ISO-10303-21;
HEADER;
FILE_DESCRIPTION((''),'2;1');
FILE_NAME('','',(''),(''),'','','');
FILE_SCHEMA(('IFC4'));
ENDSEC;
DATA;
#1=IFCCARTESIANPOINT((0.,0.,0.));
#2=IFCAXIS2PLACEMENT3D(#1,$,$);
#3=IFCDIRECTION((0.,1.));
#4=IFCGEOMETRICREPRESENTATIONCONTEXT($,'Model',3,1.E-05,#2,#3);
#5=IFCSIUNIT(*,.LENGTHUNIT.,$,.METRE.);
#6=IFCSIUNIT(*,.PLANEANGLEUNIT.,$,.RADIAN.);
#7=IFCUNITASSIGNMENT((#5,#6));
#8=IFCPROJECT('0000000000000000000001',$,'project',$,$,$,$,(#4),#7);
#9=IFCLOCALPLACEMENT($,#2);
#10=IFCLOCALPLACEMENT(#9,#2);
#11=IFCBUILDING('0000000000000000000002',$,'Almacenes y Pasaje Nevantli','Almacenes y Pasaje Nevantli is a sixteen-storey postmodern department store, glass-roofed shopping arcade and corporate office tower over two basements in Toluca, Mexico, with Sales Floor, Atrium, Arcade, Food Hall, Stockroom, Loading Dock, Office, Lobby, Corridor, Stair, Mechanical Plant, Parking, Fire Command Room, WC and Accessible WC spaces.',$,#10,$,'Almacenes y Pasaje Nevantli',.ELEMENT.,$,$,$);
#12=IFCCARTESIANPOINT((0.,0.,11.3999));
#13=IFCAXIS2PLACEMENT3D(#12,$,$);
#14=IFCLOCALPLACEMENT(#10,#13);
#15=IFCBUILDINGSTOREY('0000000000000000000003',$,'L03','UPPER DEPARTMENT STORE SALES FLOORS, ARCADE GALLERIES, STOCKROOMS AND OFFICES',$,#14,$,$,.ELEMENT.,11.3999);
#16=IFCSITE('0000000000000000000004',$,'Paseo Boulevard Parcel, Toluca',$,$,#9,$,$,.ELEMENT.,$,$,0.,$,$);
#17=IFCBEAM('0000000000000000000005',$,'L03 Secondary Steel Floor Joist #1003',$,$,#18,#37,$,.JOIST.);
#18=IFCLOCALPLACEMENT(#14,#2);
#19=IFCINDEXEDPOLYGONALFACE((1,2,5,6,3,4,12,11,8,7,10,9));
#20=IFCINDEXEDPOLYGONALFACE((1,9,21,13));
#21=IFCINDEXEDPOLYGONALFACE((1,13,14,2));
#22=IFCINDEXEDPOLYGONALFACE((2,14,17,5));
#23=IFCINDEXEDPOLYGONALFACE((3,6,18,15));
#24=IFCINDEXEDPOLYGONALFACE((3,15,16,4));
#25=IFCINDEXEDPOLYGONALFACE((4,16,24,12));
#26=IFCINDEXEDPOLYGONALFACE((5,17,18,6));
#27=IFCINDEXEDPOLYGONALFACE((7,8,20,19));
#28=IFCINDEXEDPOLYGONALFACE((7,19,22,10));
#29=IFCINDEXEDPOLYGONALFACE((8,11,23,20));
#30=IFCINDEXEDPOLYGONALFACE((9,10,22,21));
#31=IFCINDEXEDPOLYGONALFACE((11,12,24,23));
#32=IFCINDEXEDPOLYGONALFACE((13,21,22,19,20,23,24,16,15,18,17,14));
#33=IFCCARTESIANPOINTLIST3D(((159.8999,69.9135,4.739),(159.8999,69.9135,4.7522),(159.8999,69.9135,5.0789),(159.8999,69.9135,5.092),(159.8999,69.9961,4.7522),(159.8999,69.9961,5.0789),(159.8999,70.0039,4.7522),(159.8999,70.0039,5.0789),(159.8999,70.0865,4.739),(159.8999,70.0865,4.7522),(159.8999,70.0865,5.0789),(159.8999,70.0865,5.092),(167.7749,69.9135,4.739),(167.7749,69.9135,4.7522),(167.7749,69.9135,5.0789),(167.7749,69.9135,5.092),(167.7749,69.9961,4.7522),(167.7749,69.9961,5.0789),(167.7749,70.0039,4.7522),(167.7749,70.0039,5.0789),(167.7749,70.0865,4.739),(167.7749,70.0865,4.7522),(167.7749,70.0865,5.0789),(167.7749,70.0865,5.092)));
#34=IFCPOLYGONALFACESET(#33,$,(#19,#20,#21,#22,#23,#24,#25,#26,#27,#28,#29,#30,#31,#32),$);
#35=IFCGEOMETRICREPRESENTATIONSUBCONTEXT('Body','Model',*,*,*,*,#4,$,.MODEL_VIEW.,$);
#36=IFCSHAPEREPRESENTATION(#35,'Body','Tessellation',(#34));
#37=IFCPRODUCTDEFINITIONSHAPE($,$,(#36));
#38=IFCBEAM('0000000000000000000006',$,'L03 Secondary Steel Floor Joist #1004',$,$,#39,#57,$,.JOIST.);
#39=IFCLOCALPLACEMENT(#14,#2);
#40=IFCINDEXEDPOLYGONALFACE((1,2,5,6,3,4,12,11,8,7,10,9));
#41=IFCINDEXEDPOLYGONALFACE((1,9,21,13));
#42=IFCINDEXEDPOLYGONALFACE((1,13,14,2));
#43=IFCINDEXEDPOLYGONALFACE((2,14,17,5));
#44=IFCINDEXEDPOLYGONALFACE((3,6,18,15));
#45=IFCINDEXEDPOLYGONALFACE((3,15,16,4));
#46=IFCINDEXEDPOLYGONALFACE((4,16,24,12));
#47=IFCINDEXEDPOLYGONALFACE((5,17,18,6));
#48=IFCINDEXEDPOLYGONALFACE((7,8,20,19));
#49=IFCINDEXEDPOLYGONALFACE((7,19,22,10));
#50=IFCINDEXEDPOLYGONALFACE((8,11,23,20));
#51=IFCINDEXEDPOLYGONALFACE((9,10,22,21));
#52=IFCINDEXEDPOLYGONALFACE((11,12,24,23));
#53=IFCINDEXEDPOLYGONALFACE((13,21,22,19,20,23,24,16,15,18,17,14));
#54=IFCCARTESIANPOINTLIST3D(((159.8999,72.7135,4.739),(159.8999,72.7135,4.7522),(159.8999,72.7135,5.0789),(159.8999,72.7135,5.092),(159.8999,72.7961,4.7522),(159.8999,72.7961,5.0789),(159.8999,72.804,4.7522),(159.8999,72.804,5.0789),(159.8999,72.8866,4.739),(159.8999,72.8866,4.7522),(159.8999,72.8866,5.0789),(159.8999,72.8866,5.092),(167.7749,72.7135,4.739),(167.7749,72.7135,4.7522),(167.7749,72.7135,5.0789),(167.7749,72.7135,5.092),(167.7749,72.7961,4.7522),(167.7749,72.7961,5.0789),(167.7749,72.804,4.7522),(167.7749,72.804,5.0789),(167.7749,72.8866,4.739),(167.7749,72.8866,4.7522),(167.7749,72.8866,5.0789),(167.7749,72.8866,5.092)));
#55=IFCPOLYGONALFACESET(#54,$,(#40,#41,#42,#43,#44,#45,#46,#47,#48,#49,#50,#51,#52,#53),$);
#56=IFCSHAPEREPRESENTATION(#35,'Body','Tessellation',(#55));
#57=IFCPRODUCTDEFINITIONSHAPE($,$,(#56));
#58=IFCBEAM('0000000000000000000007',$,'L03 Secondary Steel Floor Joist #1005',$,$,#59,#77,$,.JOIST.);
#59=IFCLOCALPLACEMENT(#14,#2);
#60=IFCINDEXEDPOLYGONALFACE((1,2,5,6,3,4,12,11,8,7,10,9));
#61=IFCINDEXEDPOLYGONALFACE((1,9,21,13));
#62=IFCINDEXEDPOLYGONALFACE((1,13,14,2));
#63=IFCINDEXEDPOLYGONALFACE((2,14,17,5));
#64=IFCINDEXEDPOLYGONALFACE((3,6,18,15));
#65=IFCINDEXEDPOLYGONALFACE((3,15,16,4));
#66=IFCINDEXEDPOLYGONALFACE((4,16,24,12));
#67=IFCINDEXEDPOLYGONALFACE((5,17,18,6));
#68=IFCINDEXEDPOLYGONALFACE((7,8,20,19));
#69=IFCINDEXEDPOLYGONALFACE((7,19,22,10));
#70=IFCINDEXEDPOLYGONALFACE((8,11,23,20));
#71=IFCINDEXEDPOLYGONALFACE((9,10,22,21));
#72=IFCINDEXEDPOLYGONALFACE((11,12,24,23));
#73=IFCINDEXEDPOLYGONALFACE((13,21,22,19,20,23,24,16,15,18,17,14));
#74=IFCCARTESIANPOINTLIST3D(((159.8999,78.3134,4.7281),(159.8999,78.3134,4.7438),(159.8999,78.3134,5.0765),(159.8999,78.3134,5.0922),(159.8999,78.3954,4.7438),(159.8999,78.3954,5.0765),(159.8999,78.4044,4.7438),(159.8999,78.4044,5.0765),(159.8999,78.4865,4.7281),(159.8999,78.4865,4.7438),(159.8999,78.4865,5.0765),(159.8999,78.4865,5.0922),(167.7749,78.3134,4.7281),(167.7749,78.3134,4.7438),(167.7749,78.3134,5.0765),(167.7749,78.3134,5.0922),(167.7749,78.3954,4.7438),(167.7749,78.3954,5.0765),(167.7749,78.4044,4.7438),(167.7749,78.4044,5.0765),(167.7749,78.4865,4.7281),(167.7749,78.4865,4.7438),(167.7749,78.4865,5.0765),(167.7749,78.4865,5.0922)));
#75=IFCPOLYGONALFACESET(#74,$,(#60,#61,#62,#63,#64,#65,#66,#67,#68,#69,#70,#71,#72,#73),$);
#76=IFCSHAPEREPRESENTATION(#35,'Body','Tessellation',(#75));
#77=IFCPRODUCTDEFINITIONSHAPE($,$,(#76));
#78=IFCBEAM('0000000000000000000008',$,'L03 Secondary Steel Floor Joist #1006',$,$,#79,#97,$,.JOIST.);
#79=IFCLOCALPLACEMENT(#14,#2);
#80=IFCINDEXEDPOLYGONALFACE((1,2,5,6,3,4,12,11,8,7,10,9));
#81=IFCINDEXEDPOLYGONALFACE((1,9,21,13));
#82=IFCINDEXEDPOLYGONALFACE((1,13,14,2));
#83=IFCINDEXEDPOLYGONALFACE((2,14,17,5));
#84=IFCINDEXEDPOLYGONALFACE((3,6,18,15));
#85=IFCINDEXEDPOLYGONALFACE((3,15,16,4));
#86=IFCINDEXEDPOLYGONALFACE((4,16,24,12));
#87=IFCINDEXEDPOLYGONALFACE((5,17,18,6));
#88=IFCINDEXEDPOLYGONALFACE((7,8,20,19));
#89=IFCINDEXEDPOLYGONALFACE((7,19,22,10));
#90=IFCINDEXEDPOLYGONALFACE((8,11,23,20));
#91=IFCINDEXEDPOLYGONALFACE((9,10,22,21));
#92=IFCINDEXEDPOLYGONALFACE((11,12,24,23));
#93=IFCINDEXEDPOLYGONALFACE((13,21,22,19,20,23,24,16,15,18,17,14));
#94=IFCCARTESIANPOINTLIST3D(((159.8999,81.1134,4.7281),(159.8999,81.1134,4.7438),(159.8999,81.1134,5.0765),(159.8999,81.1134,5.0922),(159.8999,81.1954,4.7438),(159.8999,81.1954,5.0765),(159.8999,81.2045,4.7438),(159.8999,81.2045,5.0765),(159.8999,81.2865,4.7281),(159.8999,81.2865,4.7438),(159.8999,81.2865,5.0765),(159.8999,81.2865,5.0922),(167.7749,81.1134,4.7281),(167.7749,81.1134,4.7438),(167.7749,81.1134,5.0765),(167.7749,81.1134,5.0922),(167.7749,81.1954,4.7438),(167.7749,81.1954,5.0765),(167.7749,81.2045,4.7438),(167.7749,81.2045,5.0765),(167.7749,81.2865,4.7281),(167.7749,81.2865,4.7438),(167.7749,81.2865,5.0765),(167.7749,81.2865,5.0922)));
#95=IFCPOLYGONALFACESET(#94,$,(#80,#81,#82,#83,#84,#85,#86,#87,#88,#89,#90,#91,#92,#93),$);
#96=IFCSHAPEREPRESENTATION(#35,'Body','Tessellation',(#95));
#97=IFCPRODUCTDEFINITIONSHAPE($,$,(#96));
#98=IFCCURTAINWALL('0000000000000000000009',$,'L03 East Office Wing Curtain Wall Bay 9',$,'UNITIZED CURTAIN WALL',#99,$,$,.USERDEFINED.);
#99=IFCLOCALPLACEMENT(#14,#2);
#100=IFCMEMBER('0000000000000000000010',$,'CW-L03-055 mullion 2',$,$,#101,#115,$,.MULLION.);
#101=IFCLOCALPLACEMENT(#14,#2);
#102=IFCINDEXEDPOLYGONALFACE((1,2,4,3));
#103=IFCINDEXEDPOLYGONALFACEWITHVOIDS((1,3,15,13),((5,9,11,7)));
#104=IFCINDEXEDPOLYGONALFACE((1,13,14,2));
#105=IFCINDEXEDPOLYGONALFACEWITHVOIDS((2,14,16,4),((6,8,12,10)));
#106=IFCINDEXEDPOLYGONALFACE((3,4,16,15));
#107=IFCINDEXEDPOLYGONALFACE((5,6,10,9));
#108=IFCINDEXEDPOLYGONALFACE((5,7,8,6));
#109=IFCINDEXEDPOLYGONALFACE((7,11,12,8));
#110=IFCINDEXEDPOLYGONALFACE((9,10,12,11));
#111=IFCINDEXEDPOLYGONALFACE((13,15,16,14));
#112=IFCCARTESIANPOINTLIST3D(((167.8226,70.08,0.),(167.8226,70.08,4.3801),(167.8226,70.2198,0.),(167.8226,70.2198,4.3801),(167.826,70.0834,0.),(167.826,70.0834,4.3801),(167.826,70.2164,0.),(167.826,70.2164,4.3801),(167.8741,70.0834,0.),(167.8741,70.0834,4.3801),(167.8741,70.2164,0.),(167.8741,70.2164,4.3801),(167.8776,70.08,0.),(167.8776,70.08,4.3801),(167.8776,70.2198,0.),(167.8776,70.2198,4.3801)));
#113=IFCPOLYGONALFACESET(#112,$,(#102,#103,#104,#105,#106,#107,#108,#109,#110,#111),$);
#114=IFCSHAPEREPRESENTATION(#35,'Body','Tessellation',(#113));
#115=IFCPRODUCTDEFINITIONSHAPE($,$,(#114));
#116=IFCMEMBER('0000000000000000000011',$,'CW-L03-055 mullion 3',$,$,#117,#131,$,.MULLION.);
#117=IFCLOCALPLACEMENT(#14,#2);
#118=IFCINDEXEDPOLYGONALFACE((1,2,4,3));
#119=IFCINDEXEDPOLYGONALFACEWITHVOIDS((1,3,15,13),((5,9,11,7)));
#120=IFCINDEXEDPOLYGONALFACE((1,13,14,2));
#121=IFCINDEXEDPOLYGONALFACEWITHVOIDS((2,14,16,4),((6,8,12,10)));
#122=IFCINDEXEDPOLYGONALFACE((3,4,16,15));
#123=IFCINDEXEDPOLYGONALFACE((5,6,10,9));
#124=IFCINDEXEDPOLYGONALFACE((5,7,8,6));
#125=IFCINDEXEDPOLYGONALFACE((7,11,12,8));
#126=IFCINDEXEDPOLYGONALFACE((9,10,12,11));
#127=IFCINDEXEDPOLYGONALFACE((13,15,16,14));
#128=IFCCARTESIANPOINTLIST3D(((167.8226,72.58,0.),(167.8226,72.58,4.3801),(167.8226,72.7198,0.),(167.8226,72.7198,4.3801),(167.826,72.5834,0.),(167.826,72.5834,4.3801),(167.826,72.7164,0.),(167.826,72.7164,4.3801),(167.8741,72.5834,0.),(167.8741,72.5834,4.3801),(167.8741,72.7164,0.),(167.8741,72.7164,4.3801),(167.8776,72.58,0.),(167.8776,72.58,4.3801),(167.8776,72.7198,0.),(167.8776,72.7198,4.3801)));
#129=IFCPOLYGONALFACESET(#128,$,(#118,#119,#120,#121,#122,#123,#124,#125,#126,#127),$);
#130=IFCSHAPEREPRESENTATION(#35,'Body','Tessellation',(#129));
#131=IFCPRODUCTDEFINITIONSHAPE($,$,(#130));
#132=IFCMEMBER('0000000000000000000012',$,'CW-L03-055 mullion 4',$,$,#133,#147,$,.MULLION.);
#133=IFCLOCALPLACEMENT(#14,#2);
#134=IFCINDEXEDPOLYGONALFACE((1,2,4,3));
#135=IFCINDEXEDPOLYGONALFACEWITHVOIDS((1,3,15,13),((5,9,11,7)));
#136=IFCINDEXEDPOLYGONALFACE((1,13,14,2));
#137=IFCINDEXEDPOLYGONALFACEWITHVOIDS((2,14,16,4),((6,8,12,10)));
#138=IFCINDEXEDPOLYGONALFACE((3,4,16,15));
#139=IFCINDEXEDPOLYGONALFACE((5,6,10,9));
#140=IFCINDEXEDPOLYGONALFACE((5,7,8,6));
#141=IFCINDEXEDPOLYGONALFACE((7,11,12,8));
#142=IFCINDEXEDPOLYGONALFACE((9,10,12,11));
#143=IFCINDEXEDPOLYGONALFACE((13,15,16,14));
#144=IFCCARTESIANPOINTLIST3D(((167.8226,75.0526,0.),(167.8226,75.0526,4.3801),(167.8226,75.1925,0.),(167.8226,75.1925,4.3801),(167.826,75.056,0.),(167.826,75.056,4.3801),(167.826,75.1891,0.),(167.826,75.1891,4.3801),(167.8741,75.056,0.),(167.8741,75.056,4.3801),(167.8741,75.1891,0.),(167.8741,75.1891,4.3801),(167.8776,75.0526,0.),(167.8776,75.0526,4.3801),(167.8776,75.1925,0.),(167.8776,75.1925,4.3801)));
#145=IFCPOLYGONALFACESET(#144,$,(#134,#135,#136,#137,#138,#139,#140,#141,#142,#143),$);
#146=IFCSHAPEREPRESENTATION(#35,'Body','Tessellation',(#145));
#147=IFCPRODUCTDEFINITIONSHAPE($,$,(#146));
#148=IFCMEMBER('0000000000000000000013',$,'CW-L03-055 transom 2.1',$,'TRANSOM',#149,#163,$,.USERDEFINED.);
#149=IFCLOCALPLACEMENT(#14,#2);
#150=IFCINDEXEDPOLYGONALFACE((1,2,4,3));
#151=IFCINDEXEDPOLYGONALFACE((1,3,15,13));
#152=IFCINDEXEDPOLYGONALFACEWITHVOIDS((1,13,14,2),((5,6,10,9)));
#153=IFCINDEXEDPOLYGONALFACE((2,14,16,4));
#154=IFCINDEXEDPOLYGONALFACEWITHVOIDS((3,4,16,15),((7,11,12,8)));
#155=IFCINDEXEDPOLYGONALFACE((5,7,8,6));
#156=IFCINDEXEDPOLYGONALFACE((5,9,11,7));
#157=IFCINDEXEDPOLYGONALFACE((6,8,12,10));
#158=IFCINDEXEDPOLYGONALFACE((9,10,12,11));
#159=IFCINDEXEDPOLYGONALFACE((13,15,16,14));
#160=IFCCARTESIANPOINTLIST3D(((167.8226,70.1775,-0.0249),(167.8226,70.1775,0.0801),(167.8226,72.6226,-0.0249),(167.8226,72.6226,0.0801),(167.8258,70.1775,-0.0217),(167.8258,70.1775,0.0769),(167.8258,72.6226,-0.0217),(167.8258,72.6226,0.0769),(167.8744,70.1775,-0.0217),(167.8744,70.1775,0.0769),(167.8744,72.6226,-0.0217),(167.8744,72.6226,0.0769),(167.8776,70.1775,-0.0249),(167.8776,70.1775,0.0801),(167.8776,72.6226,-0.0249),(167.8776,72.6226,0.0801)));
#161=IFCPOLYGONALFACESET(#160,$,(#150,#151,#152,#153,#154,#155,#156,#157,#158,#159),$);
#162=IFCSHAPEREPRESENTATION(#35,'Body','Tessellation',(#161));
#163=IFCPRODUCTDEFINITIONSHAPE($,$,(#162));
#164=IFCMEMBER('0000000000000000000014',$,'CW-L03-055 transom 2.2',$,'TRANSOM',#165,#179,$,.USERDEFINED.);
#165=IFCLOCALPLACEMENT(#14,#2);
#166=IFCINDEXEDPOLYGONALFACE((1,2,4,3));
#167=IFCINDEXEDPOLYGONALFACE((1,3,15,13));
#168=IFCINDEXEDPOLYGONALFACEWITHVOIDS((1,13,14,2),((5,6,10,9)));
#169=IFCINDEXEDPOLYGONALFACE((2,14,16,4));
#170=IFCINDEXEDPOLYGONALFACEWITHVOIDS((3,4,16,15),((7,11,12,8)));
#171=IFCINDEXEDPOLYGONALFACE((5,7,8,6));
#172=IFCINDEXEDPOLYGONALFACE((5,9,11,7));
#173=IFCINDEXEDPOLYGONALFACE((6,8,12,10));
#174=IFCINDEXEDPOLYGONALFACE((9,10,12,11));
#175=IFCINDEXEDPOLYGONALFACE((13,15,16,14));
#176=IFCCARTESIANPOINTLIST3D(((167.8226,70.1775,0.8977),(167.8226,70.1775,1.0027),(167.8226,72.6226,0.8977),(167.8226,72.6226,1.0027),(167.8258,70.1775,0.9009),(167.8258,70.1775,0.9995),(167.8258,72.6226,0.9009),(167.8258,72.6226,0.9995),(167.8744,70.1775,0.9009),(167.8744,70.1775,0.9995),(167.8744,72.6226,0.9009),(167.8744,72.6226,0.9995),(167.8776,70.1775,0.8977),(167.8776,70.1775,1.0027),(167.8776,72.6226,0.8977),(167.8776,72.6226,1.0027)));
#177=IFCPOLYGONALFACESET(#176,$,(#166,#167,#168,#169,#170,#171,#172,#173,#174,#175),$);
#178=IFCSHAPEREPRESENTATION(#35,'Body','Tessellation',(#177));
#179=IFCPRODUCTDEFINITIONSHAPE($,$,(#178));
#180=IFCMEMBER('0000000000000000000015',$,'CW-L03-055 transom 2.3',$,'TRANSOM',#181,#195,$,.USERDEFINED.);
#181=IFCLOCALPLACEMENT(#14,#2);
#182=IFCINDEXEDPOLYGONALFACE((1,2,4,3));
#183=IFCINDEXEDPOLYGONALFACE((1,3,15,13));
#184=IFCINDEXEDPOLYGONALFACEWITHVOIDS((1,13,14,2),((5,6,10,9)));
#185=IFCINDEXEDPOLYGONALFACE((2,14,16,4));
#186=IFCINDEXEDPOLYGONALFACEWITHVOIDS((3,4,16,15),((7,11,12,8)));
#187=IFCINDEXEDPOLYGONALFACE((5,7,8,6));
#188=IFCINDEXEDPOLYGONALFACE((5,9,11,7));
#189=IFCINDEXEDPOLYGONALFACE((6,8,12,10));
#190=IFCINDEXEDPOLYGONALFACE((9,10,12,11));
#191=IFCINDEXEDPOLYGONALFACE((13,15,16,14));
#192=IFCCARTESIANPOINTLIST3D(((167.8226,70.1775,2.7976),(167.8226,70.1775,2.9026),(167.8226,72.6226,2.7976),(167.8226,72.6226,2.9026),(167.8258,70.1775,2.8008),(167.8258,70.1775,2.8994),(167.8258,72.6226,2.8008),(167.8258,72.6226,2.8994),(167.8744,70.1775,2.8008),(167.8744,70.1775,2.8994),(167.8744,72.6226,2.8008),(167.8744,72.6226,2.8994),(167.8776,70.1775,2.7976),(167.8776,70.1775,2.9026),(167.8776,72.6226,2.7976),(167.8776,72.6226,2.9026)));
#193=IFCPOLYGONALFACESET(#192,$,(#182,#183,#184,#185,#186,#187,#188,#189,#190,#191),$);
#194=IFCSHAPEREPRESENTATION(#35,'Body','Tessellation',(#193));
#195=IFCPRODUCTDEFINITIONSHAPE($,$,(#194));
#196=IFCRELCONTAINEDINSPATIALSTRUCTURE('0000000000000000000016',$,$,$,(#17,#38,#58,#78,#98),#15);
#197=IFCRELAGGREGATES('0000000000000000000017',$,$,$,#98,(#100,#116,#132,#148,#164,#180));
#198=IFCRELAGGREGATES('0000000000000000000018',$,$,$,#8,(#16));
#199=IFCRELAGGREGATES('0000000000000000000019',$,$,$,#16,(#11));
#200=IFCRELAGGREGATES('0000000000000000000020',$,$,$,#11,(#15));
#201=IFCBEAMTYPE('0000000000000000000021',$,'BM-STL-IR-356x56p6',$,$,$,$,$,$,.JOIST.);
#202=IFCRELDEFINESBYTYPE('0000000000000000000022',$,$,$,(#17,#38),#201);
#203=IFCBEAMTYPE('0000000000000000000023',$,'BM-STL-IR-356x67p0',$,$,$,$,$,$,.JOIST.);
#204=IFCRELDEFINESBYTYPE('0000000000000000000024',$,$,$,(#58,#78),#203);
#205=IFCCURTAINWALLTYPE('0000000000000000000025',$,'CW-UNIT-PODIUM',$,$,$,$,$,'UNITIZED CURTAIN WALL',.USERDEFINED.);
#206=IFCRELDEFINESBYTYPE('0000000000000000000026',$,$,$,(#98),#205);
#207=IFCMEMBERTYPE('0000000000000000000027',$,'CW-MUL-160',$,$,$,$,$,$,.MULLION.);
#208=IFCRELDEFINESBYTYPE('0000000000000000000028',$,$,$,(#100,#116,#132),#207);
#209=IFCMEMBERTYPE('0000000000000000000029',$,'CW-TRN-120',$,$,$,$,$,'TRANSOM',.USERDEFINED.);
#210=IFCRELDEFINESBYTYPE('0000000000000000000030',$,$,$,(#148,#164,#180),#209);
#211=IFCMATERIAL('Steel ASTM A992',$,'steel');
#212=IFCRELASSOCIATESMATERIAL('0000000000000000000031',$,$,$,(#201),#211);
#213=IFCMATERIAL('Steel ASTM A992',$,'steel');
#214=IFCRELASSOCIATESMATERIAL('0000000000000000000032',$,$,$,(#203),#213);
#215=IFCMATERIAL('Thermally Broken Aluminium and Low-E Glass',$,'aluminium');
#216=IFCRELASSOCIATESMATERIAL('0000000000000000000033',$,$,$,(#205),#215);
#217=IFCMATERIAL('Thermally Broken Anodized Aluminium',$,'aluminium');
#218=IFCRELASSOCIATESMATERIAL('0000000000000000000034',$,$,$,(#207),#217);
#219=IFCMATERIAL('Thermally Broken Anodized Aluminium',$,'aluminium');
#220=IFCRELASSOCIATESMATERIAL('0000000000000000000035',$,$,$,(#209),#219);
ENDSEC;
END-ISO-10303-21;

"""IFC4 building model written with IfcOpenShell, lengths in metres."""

from ifc_helpers import new_model, si_unit, direction, frame, origin, origin_2d, place, context, subcontext, project, spatial, hollow_rectangle, i_section, extrude, material, material_profile, profile_set, type_object, element, aggregate, save


model = new_model("IFC4")

# Units and contexts
model_context = context("Model", 3, precision=1e-05, world=origin(), true_north=direction((0.0, 1.0)))
body_context = subcontext(model_context, "Body", "Model", "MODEL_VIEW")
ifc_project = project(units=[si_unit("LENGTHUNIT", "METRE"), si_unit("PLANEANGLEUNIT", "RADIAN")], contexts=[model_context])

# Site, building, storey
site_placement = place(None, origin())
site = spatial("IfcSite", under=ifc_project, at=site_placement, Name="Paseo Boulevard Parcel, Toluca", CompositionType="ELEMENT", RefElevation=0.0)
building_placement = place(site_placement, origin())
building = spatial("IfcBuilding", under=site, at=building_placement, Name="Almacenes y Pasaje Nevantli", Description="Almacenes y Pasaje Nevantli is a sixteen-storey postmodern department store, glass-roofed shopping arcade and corporate office tower over two basements in Toluca, Mexico, with Sales Floor, Atrium, Arcade, Food Hall, Stockroom, Loading Dock, Office, Lobby, Corridor, Stair, Mechanical Plant, Parking, Fire Command Room, WC and Accessible WC spaces.", LongName="Almacenes y Pasaje Nevantli", CompositionType="ELEMENT")
storey_placement = place(building_placement, frame((0.0, 0.0, 11.3999)))
storey = spatial("IfcBuildingStorey", under=building, at=storey_placement, Name="L03", Description="UPPER DEPARTMENT STORE SALES FLOORS, ARCADE GALLERIES, STOCKROOMS AND OFFICES", CompositionType="ELEMENT", Elevation=11.3999)

# Beams
ifc_material_1 = material(Name="Steel ASTM A992", Category="steel")
ifc_material_profile_1 = material_profile(ifc_material_1, i_section(OverallWidth=0.1731, OverallDepth=0.353, WebThickness=0.0078, FlangeThickness=0.0132, at=origin_2d()), Name="IR 356x56.6")
ifc_profile_set_1 = profile_set([ifc_material_profile_1], Name="Steel ASTM A992")
beam_type_1 = type_object("IfcBeamType", Name="BM-STL-IR-356x56p6", PredefinedType="JOIST", material=ifc_profile_set_1)
for number, where, z_axis, x_axis, name in (
    (1, (159.8999, 70.0, 4.9155), (1.0, 0.0, 0.0), (0.0, 1.0, 0.0), "L03 Secondary Steel Floor Joist #1003"),
    (2, (159.8999, 72.8, 4.9155), (1.0, 0.0, 0.0), (0.0, 1.0, 0.0), "L03 Secondary Steel Floor Joist #1004"),
):
    element("IfcBeam", number, at=place(storey_placement, frame(where, z_axis=z_axis, x_axis=x_axis)), inside=storey, type_object=beam_type_1, Name=name, PredefinedType="JOIST", context=body_context, shape_type="SweptSolid", body=[
        extrude(i_section(OverallWidth=0.1731, OverallDepth=0.353, WebThickness=0.0078, FlangeThickness=0.0132, at=origin_2d()), origin(), (0.0, 0.0, 1.0), 7.875),
    ])
ifc_material_2 = material(Name="Steel ASTM A992", Category="steel")
ifc_material_profile_2 = material_profile(ifc_material_2, i_section(OverallWidth=0.1731, OverallDepth=0.364, WebThickness=0.009, FlangeThickness=0.0156, at=origin_2d()), Name="IR 356x67.0")
ifc_profile_set_2 = profile_set([ifc_material_profile_2], Name="Steel ASTM A992")
beam_type_2 = type_object("IfcBeamType", Name="BM-STL-IR-356x67p0", PredefinedType="JOIST", material=ifc_profile_set_2)
for number, where, z_axis, x_axis, name in (
    (3, (159.8999, 78.3999, 4.9102), (1.0, 0.0, 0.0), (0.0, 1.0, 0.0), "L03 Secondary Steel Floor Joist #1005"),
    (4, (159.8999, 81.2, 4.9102), (1.0, 0.0, 0.0), (0.0, 1.0, 0.0), "L03 Secondary Steel Floor Joist #1006"),
):
    element("IfcBeam", number, at=place(storey_placement, frame(where, z_axis=z_axis, x_axis=x_axis)), inside=storey, type_object=beam_type_2, Name=name, PredefinedType="JOIST", context=body_context, shape_type="SweptSolid", body=[
        extrude(i_section(OverallWidth=0.1731, OverallDepth=0.364, WebThickness=0.009, FlangeThickness=0.0156, at=origin_2d()), origin(), (0.0, 0.0, 1.0), 7.875),
    ])

# Curtain wall, members
ifc_material_3 = material(Name="Thermally Broken Aluminium and Low-E Glass", Category="aluminium")
curtain_wall_type = type_object("IfcCurtainWallType", Name="CW-UNIT-PODIUM", ElementType="UNITIZED CURTAIN WALL", PredefinedType="USERDEFINED", material=ifc_material_3)
curtain_wall_placement = place(storey_placement, origin())
curtain_wall = element("IfcCurtainWall", 5, at=curtain_wall_placement, inside=storey, type_object=curtain_wall_type, Name="L03 East Office Wing Curtain Wall Bay 9", ObjectType="UNITIZED CURTAIN WALL", PredefinedType="USERDEFINED")
ifc_material_4 = material(Name="Thermally Broken Anodized Aluminium", Category="aluminium")
ifc_material_profile_3 = material_profile(ifc_material_4, hollow_rectangle(XDim=0.0549, YDim=0.1399, WallThickness=0.0034, at=origin_2d()), Name="ALU-MUL-55x140")
ifc_profile_set_3 = profile_set([ifc_material_profile_3], Name="Thermally Broken Anodized Aluminium")
member_type_1 = type_object("IfcMemberType", Name="CW-MUL-160", PredefinedType="MULLION", material=ifc_profile_set_3)
member_1_placement = place(storey_placement, frame((167.8501, 70.1499, 0.0), z_axis=(0.0, 0.0, 1.0), x_axis=(-1.0, 0.0, 0.0)))
member_1 = element("IfcMember", 6, at=member_1_placement, type_object=member_type_1, Name="CW-L03-055 mullion 2", PredefinedType="MULLION", context=body_context, shape_type="SweptSolid", body=[
    extrude(hollow_rectangle(XDim=0.0549, YDim=0.1399, WallThickness=0.0034, at=origin_2d()), origin(), (0.0, 0.0, 1.0), 4.3801),
])
member_2_placement = place(storey_placement, frame((167.8501, 72.6499, 0.0), z_axis=(0.0, 0.0, 1.0), x_axis=(-1.0, 0.0, 0.0)))
member_2 = element("IfcMember", 7, at=member_2_placement, type_object=member_type_1, Name="CW-L03-055 mullion 3", PredefinedType="MULLION", context=body_context, shape_type="SweptSolid", body=[
    extrude(hollow_rectangle(XDim=0.0549, YDim=0.1399, WallThickness=0.0034, at=origin_2d()), origin(), (0.0, 0.0, 1.0), 4.3801),
])
member_3_placement = place(storey_placement, frame((167.8501, 75.1226, 0.0), z_axis=(0.0, 0.0, 1.0), x_axis=(-1.0, 0.0, 0.0)))
member_3 = element("IfcMember", 8, at=member_3_placement, type_object=member_type_1, Name="CW-L03-055 mullion 4", PredefinedType="MULLION", context=body_context, shape_type="SweptSolid", body=[
    extrude(hollow_rectangle(XDim=0.0549, YDim=0.1399, WallThickness=0.0034, at=origin_2d()), origin(), (0.0, 0.0, 1.0), 4.3801),
])
ifc_material_5 = material(Name="Thermally Broken Anodized Aluminium", Category="aluminium")
ifc_material_profile_4 = material_profile(ifc_material_5, hollow_rectangle(XDim=0.0549, YDim=0.105, WallThickness=0.0032, at=origin_2d()), Name="ALU-TRN-55x105")
ifc_profile_set_4 = profile_set([ifc_material_profile_4], Name="Thermally Broken Anodized Aluminium")
member_type_2 = type_object("IfcMemberType", Name="CW-TRN-120", ElementType="TRANSOM", PredefinedType="USERDEFINED", material=ifc_profile_set_4)
member_4_placement = place(storey_placement, frame((167.8501, 70.1775, 0.0276), z_axis=(0.0, 1.0, 0.0), x_axis=(-1.0, 0.0, 0.0)))
member_4 = element("IfcMember", 9, at=member_4_placement, type_object=member_type_2, Name="CW-L03-055 transom 2.1", ObjectType="TRANSOM", PredefinedType="USERDEFINED", context=body_context, shape_type="SweptSolid", body=[
    extrude(hollow_rectangle(XDim=0.0549, YDim=0.105, WallThickness=0.0032, at=origin_2d()), origin(), (0.0, 0.0, 1.0), 2.4451),
])
member_5_placement = place(storey_placement, frame((167.8501, 70.1775, 0.9502), z_axis=(0.0, 1.0, 0.0), x_axis=(-1.0, 0.0, 0.0)))
member_5 = element("IfcMember", 10, at=member_5_placement, type_object=member_type_2, Name="CW-L03-055 transom 2.2", ObjectType="TRANSOM", PredefinedType="USERDEFINED", context=body_context, shape_type="SweptSolid", body=[
    extrude(hollow_rectangle(XDim=0.0549, YDim=0.105, WallThickness=0.0032, at=origin_2d()), origin(), (0.0, 0.0, 1.0), 2.4451),
])
member_6_placement = place(storey_placement, frame((167.8501, 70.1775, 2.8501), z_axis=(0.0, 1.0, 0.0), x_axis=(-1.0, 0.0, 0.0)))
member_6 = element("IfcMember", 11, at=member_6_placement, type_object=member_type_2, Name="CW-L03-055 transom 2.3", ObjectType="TRANSOM", PredefinedType="USERDEFINED", context=body_context, shape_type="SweptSolid", body=[
    extrude(hollow_rectangle(XDim=0.0549, YDim=0.105, WallThickness=0.0032, at=origin_2d()), origin(), (0.0, 0.0, 1.0), 2.4451),
])
aggregate(curtain_wall, [member_1, member_2, member_3, member_4, member_5, member_6])

save(model, "model.ifc")
